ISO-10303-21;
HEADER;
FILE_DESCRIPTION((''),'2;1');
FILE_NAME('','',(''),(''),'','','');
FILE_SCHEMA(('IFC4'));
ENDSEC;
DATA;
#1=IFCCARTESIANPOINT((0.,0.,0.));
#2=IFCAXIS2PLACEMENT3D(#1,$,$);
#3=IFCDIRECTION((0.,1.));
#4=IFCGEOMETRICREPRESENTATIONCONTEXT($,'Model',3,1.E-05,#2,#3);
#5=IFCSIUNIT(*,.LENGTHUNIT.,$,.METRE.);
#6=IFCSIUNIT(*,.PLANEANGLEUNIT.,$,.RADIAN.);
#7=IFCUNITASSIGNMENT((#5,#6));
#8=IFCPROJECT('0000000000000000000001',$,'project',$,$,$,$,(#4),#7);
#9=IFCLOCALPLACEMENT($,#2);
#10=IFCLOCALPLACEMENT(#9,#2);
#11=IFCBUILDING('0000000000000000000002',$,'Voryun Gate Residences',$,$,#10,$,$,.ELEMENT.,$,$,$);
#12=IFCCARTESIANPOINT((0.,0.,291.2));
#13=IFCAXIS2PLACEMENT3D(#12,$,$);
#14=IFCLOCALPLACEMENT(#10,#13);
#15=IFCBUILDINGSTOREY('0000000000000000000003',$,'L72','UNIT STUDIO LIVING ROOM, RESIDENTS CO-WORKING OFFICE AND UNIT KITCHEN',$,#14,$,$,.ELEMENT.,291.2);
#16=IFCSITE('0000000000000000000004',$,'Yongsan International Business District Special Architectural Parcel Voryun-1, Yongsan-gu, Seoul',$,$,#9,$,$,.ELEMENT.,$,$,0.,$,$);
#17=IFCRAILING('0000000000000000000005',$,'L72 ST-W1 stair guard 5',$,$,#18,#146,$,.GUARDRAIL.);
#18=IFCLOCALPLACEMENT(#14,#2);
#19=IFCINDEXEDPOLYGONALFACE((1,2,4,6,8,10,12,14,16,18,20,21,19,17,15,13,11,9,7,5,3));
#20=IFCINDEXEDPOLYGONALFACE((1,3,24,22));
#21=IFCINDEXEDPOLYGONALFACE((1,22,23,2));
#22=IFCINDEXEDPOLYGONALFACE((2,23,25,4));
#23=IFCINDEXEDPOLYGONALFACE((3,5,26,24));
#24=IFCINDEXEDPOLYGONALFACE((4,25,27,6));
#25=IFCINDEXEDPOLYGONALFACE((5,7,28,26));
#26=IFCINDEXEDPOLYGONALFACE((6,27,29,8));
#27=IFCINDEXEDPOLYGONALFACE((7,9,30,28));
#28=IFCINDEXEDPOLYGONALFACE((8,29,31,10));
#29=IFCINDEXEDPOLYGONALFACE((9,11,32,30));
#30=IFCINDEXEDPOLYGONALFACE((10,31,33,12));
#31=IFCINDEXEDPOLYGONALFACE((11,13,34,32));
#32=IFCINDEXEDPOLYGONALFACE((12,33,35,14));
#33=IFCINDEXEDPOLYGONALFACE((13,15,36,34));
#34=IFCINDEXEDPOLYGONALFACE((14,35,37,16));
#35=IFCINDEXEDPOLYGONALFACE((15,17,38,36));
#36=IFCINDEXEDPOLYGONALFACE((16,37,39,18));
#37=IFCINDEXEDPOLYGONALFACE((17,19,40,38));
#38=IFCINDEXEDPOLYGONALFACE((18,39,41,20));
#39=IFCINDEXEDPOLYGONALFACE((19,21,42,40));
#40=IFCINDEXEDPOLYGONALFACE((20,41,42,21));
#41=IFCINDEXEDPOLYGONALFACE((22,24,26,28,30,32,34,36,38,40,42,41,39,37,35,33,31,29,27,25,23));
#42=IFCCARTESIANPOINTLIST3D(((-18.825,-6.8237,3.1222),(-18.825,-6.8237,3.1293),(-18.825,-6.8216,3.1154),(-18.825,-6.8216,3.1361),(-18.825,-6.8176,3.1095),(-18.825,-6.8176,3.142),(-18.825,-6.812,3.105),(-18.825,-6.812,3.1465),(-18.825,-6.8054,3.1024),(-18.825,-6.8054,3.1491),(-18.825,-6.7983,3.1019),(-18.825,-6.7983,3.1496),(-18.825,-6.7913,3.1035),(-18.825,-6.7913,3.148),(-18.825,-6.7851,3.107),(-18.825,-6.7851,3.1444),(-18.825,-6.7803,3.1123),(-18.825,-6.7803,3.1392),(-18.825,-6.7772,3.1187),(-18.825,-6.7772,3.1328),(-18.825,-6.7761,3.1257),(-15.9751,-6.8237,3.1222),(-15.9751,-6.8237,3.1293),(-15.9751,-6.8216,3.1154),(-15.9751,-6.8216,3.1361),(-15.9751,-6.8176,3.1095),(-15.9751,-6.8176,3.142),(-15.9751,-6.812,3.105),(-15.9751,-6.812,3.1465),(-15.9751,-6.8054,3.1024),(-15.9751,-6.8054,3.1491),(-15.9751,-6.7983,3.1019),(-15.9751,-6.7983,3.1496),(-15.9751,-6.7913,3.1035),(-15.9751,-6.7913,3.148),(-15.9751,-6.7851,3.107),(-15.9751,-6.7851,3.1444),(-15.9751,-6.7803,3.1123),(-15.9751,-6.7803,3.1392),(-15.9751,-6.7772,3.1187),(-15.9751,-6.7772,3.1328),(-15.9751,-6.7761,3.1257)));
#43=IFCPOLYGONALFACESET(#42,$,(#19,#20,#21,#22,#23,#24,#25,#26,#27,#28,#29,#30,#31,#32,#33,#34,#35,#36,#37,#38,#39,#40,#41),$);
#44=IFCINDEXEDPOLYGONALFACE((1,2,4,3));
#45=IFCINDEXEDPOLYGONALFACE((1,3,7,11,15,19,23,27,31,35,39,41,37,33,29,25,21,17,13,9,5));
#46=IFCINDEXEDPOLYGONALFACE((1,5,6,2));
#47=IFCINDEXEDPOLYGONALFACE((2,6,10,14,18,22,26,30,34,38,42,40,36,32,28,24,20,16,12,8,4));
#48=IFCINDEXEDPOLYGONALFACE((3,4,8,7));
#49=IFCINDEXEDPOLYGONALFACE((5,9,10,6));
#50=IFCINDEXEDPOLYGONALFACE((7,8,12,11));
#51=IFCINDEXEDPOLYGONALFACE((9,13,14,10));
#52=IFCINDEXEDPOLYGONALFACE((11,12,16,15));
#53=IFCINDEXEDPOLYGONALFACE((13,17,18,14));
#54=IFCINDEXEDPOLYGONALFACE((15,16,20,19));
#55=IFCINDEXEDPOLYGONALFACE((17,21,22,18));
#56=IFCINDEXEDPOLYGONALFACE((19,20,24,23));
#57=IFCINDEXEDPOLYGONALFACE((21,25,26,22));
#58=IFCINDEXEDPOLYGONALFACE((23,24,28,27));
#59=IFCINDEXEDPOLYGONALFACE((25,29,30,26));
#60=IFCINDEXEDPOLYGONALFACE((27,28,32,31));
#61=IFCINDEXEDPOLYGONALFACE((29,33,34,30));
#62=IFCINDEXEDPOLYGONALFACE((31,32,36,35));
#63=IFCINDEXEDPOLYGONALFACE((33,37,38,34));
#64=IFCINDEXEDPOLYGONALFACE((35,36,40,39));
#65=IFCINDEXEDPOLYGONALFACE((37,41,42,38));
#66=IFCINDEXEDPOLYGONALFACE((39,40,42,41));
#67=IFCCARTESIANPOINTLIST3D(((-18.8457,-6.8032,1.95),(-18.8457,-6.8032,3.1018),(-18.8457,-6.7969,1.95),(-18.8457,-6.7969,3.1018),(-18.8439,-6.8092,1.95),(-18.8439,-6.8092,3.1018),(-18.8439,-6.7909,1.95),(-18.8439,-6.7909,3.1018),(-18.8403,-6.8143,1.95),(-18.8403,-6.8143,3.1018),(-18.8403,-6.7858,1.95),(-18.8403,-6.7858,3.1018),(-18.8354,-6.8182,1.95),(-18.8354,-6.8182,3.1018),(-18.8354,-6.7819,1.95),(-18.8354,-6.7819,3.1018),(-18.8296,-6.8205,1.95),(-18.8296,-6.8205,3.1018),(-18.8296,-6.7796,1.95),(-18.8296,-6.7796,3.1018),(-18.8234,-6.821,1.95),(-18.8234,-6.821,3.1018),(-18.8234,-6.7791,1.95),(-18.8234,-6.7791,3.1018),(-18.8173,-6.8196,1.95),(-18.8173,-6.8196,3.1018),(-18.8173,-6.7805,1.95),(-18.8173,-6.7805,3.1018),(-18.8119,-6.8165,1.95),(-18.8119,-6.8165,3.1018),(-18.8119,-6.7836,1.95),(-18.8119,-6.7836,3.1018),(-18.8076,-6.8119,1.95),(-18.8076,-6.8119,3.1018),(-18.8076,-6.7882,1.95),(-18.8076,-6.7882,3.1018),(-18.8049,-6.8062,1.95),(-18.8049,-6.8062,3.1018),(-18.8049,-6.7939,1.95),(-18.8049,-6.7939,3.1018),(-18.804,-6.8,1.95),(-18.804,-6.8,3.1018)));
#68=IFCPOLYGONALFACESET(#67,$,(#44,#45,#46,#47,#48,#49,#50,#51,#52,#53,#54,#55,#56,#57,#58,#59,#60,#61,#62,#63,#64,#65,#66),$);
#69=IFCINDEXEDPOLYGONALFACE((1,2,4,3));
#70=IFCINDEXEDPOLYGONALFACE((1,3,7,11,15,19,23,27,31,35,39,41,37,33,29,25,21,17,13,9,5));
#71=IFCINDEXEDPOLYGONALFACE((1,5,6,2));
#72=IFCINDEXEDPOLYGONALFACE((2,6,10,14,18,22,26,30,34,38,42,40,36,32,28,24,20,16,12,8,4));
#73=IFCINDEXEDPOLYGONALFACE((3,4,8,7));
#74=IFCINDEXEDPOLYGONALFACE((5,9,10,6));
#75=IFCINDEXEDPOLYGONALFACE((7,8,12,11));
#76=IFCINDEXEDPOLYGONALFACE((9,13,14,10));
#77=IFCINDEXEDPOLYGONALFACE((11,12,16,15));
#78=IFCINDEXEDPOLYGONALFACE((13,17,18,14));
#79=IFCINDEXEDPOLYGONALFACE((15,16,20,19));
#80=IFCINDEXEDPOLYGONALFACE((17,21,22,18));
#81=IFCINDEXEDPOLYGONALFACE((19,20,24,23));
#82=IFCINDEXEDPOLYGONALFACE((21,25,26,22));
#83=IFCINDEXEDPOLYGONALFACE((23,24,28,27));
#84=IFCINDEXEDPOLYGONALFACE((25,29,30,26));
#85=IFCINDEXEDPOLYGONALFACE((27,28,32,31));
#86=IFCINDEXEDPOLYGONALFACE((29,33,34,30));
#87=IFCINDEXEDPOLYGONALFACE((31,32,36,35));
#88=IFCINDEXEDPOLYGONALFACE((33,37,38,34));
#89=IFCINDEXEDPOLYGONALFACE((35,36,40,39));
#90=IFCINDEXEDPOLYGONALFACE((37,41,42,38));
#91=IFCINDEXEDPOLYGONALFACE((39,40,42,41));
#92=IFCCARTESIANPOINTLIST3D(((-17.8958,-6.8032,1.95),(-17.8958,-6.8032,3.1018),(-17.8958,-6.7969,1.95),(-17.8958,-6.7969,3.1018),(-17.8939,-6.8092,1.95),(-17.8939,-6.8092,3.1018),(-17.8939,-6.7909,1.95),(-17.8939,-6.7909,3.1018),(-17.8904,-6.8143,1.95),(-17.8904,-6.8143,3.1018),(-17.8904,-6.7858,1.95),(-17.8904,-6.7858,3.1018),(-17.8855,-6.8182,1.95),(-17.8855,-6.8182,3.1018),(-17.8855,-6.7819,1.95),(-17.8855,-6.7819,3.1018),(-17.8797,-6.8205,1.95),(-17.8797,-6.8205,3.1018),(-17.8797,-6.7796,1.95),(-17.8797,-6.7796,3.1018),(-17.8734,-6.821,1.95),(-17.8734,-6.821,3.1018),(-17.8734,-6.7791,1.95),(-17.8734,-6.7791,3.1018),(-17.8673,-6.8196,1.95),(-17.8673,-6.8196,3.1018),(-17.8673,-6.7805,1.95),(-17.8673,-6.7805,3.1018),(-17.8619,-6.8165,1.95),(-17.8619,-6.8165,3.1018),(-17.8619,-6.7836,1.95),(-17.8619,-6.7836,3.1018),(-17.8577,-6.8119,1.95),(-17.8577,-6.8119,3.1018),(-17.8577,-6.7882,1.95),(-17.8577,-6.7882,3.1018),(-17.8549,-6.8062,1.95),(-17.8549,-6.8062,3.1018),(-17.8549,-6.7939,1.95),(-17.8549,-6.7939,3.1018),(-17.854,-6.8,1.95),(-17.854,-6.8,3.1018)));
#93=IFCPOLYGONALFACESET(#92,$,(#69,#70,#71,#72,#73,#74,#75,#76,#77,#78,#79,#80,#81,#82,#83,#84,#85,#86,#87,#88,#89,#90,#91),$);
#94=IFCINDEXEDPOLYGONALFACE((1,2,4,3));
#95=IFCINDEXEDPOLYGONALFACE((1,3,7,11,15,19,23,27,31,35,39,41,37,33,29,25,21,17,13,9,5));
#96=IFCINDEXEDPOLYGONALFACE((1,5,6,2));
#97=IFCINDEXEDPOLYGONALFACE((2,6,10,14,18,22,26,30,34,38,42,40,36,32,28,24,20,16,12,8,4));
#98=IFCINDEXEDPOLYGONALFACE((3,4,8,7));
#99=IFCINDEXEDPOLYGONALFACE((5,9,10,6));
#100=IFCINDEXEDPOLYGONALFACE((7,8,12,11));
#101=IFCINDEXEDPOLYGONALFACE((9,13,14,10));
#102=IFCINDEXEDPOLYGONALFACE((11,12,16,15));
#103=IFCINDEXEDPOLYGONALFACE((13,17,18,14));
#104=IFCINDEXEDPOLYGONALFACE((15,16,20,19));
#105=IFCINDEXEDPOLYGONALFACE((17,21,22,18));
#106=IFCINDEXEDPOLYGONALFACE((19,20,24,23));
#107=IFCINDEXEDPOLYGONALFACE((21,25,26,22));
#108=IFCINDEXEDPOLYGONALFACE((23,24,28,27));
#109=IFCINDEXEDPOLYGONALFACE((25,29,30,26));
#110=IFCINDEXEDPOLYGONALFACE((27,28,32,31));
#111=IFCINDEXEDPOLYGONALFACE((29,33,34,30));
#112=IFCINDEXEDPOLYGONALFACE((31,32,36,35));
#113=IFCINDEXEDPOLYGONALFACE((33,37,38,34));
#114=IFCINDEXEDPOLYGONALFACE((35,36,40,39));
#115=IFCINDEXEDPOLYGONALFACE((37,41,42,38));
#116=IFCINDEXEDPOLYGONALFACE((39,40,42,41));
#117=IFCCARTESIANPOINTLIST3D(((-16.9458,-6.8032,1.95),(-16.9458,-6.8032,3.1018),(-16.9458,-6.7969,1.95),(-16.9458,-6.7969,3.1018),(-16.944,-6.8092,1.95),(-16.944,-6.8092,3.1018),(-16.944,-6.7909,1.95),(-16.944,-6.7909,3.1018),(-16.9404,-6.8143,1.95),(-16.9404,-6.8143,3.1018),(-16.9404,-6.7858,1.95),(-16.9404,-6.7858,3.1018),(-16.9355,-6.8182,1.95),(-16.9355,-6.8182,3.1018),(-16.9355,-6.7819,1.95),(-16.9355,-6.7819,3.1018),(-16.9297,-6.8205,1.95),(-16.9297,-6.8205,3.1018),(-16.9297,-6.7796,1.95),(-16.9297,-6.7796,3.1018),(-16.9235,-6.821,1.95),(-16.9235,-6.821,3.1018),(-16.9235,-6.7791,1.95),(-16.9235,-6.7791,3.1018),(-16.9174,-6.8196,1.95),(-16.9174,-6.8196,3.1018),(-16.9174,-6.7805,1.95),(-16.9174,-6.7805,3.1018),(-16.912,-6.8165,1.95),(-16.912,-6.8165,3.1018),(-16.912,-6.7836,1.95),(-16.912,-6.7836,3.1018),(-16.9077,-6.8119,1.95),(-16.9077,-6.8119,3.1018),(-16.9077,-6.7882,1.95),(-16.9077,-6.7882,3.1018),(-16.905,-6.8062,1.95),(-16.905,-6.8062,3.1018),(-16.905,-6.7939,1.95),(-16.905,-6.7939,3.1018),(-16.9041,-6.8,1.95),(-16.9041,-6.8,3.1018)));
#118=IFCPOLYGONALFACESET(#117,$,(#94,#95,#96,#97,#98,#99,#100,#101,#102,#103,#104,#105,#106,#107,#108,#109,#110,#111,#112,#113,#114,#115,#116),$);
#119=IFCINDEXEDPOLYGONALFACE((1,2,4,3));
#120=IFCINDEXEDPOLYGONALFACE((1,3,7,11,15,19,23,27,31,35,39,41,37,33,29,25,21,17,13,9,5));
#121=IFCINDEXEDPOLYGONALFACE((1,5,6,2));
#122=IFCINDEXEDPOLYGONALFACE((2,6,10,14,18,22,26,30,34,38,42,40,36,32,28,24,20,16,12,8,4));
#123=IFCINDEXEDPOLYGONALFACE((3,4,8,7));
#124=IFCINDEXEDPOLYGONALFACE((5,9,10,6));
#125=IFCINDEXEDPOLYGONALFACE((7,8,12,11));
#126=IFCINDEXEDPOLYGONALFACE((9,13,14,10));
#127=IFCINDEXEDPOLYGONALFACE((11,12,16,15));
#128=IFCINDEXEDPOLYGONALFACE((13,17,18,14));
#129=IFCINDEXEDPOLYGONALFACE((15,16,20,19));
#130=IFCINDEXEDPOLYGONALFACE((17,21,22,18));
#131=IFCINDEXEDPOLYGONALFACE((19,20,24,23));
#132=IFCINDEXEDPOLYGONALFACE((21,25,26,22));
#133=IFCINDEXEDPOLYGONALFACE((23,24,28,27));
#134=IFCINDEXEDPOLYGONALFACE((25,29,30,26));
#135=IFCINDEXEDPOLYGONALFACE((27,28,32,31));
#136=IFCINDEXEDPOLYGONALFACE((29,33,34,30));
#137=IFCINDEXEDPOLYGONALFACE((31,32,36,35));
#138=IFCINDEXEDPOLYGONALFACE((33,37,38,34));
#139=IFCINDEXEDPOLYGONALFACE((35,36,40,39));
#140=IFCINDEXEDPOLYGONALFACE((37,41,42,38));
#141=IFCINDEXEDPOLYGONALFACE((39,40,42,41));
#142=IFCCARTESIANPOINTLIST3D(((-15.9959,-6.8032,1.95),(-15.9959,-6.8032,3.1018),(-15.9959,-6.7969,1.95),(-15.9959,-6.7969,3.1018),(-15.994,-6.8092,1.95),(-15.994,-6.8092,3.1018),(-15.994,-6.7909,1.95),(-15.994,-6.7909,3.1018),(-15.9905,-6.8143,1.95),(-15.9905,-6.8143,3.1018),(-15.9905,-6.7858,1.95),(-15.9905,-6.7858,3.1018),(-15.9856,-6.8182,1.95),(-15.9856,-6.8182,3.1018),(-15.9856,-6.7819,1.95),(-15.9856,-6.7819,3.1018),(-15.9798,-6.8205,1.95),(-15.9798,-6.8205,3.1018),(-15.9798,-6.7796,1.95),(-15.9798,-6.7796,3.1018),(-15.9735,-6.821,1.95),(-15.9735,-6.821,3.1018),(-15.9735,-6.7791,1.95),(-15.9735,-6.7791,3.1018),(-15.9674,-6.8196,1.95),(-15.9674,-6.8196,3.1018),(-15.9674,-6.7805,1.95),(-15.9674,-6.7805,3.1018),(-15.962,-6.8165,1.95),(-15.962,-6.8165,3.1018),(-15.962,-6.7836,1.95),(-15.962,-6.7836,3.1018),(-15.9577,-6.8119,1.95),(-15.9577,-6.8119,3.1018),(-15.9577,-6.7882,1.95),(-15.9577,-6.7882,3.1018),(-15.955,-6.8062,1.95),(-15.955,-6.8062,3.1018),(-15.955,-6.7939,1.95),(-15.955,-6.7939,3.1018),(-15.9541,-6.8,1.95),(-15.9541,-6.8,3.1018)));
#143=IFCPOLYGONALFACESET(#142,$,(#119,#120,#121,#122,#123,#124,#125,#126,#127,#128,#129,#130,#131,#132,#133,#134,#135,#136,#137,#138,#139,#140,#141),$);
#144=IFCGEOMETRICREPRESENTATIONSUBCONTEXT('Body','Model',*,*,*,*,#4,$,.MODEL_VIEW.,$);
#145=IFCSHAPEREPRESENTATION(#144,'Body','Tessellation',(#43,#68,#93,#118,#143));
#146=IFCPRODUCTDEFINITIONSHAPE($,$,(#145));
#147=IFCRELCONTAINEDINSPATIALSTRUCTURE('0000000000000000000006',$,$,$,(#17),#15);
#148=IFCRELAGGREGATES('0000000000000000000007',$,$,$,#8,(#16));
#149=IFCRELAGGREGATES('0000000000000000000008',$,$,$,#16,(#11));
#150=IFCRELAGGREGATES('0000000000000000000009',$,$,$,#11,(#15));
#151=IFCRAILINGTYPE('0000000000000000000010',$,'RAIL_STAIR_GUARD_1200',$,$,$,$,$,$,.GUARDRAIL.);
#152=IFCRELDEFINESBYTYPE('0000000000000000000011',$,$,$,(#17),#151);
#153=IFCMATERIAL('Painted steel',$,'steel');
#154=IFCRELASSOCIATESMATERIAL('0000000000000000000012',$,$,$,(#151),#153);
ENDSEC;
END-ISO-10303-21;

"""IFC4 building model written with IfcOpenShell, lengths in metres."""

from ifc_helpers import new_model, si_unit, direction, frame, origin, origin_2d, place, context, subcontext, project, spatial, circle, extrude, material, type_object, element, save


model = new_model("IFC4")

# Units and contexts
model_context = context("Model", 3, precision=1e-05, world=origin(), true_north=direction((0.0, 1.0)))
body_context = subcontext(model_context, "Body", "Model", "MODEL_VIEW")
ifc_project = project(units=[si_unit("LENGTHUNIT", "METRE"), si_unit("PLANEANGLEUNIT", "RADIAN")], contexts=[model_context])

# Site, building, storey
site_placement = place(None, origin())
site = spatial("IfcSite", under=ifc_project, at=site_placement, Name="Yongsan International Business District Special Architectural Parcel Voryun-1, Yongsan-gu, Seoul", CompositionType="ELEMENT", RefElevation=0.0)
building_placement = place(site_placement, origin())
building = spatial("IfcBuilding", under=site, at=building_placement, Name="Voryun Gate Residences", CompositionType="ELEMENT")
storey_placement = place(building_placement, frame((0.0, 0.0, 291.2)))
storey = spatial("IfcBuildingStorey", under=building, at=storey_placement, Name="L72", Description="UNIT STUDIO LIVING ROOM, RESIDENTS CO-WORKING OFFICE AND UNIT KITCHEN", CompositionType="ELEMENT", Elevation=291.2)

# Railing
ifc_material_1 = material(Name="Painted steel", Category="steel")
railing_type = type_object("IfcRailingType", Name="RAIL_STAIR_GUARD_1200", PredefinedType="GUARDRAIL", material=ifc_material_1)
railing_1_placement = place(storey_placement, frame((-18.825, -6.8, 1.95)))
element("IfcRailing", 1, at=railing_1_placement, inside=storey, type_object=railing_type, Name="L72 ST-W1 stair guard 5", PredefinedType="GUARDRAIL", context=body_context, shape_type="SweptSolid", body=[
    extrude(circle(Radius=0.0239, at=origin_2d()), frame((0.0, 0.0, 1.1758), z_axis=(1.0, 0.0, 0.0), x_axis=(0.0, 1.0, 0.0)), (0.0, 0.0, 1.0), 2.8499),
    extrude(circle(Radius=0.021, at=origin_2d()), origin(), (0.0, 0.0, 1.0), 1.1519),
    extrude(circle(Radius=0.021, at=origin_2d()), frame((0.95, 0.0, 0.0)), (0.0, 0.0, 1.0), 1.1519),
    extrude(circle(Radius=0.021, at=origin_2d()), frame((1.8999, 0.0, 0.0)), (0.0, 0.0, 1.0), 1.1519),
    extrude(circle(Radius=0.021, at=origin_2d()), frame((2.8499, 0.0, 0.0)), (0.0, 0.0, 1.0), 1.1519),
])

save(model, "model.ifc")
